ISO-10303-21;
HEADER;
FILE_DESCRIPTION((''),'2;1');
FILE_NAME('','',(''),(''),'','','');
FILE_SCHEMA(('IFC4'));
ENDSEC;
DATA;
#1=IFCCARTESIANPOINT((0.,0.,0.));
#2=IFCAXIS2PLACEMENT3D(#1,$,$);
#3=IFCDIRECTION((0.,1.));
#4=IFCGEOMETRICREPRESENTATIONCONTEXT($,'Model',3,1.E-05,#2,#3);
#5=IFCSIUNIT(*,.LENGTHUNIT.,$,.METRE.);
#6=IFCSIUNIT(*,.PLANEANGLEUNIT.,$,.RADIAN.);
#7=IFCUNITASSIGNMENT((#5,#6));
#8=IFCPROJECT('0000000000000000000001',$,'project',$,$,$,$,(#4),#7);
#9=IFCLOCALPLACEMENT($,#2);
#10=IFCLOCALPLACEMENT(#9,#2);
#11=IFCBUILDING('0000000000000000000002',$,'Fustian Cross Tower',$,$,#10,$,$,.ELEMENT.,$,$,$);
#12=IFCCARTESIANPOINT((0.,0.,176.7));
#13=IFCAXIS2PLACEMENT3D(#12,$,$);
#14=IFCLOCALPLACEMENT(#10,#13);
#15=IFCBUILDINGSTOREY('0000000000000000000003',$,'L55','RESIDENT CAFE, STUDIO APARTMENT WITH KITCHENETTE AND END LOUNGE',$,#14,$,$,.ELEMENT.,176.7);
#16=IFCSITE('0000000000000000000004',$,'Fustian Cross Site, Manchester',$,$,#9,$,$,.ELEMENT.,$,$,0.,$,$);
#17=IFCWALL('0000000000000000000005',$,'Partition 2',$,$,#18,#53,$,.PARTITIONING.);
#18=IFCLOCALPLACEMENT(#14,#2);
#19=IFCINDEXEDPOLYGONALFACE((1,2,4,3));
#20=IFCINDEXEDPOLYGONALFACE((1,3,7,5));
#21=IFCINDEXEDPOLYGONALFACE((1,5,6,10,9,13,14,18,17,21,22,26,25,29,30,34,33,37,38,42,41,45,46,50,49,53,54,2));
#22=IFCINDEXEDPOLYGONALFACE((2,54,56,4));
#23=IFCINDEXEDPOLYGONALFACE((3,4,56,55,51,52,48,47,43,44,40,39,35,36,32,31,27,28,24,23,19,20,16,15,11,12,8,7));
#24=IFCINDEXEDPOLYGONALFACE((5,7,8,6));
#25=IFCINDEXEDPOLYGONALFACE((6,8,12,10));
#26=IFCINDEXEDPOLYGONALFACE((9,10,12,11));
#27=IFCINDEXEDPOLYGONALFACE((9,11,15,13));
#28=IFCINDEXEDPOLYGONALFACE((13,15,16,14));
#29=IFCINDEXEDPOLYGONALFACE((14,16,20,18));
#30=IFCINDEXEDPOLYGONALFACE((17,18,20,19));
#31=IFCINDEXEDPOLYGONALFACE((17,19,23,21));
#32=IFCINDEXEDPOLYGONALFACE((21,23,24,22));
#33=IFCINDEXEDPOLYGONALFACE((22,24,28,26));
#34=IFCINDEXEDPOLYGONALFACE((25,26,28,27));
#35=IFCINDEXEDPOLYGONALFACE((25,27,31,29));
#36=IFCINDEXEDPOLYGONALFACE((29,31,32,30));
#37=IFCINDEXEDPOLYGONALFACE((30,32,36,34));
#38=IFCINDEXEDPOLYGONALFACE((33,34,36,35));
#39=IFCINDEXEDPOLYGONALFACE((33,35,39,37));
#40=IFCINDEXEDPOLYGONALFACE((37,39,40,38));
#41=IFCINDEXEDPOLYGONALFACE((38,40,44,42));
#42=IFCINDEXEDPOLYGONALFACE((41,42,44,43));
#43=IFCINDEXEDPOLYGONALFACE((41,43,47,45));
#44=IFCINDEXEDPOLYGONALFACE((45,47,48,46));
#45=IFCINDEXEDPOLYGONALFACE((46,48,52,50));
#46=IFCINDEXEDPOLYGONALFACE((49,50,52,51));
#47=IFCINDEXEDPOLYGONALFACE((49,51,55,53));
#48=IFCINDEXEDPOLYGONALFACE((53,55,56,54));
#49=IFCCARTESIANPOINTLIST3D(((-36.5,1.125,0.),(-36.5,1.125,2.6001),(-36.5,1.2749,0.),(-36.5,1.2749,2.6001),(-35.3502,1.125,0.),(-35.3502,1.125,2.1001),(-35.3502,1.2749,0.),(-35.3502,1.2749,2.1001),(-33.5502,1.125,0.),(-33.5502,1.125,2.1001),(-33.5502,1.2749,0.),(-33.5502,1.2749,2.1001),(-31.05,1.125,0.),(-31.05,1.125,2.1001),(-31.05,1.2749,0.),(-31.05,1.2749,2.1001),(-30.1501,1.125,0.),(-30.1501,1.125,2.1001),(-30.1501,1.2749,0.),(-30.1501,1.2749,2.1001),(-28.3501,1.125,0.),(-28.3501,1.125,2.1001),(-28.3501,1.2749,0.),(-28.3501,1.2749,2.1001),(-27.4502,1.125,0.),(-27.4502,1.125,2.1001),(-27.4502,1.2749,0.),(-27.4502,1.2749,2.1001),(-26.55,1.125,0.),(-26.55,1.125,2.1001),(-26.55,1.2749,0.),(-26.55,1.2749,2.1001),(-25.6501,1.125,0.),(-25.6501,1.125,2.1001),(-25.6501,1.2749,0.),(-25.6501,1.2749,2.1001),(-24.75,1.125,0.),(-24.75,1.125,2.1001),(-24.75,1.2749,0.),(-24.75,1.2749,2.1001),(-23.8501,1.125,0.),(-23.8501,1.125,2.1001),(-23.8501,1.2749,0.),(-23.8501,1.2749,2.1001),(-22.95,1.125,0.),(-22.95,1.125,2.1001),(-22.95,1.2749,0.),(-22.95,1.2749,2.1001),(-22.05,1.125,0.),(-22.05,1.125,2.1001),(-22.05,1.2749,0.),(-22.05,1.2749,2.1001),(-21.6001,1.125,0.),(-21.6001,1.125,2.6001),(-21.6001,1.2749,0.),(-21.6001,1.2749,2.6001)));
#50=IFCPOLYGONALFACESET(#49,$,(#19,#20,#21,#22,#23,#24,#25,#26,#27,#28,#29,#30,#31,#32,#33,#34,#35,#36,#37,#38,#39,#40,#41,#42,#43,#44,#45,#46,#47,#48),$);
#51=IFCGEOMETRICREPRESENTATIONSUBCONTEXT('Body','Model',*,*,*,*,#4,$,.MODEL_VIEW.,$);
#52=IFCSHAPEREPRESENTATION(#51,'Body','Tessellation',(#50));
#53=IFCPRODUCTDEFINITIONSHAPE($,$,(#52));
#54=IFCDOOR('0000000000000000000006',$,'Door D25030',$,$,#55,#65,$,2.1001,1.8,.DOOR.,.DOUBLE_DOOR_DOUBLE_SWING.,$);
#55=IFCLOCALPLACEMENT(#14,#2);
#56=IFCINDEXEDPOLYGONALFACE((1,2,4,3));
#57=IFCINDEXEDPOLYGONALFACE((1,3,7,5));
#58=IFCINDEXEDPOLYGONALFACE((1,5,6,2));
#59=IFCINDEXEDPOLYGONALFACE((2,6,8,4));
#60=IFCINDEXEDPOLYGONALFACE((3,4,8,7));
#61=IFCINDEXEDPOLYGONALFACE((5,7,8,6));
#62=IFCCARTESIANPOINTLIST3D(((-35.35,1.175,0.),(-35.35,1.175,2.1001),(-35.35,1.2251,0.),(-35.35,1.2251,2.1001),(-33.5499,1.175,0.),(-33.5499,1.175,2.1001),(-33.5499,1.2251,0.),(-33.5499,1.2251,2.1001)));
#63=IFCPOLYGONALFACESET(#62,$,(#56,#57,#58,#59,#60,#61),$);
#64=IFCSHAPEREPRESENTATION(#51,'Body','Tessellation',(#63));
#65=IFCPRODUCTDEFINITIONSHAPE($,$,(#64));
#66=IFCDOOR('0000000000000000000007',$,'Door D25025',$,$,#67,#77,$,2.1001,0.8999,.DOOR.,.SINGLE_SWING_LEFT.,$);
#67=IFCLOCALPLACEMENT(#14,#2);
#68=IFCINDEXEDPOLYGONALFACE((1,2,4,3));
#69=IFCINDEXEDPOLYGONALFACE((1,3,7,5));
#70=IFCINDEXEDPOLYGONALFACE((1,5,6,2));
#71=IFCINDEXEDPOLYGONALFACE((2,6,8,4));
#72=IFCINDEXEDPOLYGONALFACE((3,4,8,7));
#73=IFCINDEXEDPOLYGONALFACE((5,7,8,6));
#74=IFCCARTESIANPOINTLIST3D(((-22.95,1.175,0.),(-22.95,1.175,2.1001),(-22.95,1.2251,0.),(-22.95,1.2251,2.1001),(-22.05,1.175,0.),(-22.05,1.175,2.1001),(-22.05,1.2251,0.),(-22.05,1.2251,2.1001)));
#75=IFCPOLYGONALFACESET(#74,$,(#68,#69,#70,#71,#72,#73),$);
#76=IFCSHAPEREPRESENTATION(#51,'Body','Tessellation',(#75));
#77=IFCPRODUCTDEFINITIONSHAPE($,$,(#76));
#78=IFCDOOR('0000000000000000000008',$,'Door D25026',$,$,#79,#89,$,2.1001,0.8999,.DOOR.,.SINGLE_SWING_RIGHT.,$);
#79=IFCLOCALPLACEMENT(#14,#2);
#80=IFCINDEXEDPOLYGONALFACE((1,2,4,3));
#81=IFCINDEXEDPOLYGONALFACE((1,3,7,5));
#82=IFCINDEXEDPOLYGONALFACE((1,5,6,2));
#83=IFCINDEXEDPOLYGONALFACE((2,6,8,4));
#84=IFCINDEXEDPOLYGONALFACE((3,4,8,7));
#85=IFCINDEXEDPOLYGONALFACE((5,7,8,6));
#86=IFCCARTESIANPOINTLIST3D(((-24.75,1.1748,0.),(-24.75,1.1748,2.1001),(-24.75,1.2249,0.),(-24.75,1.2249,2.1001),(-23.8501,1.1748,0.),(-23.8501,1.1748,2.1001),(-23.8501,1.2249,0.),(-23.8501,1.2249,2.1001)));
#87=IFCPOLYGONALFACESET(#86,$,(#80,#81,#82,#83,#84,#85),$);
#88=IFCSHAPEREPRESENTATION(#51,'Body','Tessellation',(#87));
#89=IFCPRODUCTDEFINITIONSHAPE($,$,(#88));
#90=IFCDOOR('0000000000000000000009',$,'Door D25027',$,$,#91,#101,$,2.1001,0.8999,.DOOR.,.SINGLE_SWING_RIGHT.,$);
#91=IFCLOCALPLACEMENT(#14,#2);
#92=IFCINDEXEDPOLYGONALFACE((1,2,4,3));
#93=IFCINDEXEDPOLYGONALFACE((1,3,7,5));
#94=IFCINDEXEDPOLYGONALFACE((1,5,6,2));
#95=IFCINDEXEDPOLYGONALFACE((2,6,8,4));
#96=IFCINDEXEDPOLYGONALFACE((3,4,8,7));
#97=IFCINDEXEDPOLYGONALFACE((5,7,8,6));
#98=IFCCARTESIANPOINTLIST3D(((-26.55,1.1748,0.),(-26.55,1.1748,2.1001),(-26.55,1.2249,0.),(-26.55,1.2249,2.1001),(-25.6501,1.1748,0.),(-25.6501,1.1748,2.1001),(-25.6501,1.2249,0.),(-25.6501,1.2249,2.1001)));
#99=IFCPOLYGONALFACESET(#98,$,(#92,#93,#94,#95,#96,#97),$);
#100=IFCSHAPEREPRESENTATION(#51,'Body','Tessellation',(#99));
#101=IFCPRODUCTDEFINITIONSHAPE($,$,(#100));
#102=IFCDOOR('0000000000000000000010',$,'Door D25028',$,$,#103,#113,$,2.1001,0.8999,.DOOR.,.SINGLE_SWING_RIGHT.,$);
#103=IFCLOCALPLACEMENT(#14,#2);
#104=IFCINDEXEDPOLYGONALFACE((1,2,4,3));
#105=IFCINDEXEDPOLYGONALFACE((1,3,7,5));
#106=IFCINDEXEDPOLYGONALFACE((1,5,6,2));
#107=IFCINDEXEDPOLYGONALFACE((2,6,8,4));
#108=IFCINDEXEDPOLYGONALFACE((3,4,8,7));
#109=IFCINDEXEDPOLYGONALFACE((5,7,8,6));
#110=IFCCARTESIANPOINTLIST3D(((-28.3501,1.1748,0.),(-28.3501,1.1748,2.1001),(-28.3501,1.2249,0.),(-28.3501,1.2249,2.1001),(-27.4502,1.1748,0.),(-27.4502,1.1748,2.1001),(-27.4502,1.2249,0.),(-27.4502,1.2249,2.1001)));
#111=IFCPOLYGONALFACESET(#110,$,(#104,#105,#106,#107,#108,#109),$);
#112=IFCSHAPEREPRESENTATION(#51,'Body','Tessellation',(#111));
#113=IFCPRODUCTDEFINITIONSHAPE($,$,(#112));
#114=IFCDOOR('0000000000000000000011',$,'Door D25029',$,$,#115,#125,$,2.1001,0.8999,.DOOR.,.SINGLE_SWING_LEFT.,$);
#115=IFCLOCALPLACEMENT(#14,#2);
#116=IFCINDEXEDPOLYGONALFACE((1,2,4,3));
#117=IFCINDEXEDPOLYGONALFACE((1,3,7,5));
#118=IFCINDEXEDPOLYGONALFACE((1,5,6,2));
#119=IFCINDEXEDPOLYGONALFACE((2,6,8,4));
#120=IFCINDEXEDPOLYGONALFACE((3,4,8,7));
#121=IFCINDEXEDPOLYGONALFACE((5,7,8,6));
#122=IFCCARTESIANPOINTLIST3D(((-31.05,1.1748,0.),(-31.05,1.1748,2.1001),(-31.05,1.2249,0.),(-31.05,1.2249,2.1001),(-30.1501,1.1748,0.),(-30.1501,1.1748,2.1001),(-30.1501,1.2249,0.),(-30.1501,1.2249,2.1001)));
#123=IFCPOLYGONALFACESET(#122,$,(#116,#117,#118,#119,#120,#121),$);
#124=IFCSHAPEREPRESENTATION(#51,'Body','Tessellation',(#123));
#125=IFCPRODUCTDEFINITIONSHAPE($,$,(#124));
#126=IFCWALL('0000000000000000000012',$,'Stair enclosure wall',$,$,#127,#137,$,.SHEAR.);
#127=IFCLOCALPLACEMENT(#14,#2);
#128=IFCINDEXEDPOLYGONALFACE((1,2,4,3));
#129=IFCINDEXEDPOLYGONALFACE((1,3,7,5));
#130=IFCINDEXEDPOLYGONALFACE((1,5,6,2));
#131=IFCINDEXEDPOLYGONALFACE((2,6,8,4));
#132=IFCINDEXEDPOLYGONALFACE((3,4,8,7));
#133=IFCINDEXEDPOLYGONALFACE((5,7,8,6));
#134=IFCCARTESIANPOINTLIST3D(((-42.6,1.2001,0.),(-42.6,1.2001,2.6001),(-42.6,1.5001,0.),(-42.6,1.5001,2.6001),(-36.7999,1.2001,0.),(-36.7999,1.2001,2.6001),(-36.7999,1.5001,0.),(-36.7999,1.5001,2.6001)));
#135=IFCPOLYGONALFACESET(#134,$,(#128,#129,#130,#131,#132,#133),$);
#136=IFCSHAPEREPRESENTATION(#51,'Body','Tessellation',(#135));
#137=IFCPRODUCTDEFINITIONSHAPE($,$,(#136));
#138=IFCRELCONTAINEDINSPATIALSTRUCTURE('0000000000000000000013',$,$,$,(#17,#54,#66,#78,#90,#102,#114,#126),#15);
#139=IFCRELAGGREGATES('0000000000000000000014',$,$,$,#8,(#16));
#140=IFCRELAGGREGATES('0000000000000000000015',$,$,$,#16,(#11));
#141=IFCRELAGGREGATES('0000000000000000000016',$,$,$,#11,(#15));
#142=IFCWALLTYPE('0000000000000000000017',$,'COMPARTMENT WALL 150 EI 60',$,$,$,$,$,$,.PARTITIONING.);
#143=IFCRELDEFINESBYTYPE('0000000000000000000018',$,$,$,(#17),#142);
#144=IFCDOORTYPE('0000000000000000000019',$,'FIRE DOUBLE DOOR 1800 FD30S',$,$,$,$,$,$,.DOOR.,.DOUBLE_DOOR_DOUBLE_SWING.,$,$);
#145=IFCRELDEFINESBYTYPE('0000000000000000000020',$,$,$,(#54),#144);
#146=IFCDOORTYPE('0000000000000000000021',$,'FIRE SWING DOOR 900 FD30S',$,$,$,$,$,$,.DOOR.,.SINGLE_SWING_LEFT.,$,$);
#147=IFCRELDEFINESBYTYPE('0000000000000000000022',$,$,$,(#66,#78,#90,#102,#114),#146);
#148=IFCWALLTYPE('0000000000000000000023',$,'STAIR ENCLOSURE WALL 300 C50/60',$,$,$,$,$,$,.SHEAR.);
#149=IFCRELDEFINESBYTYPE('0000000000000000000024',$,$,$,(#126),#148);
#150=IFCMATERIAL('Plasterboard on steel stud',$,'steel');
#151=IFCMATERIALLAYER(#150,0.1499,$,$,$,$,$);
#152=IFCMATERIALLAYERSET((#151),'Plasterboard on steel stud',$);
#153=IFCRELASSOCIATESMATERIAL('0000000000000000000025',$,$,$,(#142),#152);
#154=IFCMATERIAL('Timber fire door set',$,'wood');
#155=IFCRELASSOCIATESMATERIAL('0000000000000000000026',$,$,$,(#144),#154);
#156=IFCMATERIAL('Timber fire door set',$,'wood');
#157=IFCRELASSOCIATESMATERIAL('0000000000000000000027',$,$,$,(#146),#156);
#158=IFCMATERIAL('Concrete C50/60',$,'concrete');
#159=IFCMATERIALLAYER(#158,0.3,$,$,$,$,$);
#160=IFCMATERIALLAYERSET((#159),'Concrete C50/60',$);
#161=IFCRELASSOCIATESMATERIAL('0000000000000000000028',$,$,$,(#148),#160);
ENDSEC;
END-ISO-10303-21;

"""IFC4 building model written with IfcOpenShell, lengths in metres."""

from ifc_helpers import new_model, si_unit, direction, frame, frame_2d, origin, place, context, subcontext, project, spatial, rectangle, extrude, material, layer, layer_set, type_object, element, fill, save


model = new_model("IFC4")

# Units and contexts
model_context = context("Model", 3, precision=1e-05, world=origin(), true_north=direction((0.0, 1.0)))
body_context = subcontext(model_context, "Body", "Model", "MODEL_VIEW")
ifc_project = project(units=[si_unit("LENGTHUNIT", "METRE"), si_unit("PLANEANGLEUNIT", "RADIAN")], contexts=[model_context])

# Site, building, storey
site_placement = place(None, origin())
site = spatial("IfcSite", under=ifc_project, at=site_placement, Name="Fustian Cross Site, Manchester", CompositionType="ELEMENT", RefElevation=0.0)
building_placement = place(site_placement, origin())
building = spatial("IfcBuilding", under=site, at=building_placement, Name="Fustian Cross Tower", CompositionType="ELEMENT")
storey_placement = place(building_placement, frame((0.0, 0.0, 176.7)))
storey = spatial("IfcBuildingStorey", under=building, at=storey_placement, Name="L55", Description="RESIDENT CAFE, STUDIO APARTMENT WITH KITCHENETTE AND END LOUNGE", CompositionType="ELEMENT", Elevation=176.7)

# Wall, openings, doors
ifc_material_1 = material(Name="Plasterboard on steel stud", Category="steel")
ifc_layer_1 = layer(ifc_material_1, 0.1499)
ifc_layer_set_1 = layer_set([ifc_layer_1], Name="Plasterboard on steel stud")
wall_type_1 = type_object("IfcWallType", Name="COMPARTMENT WALL 150 EI 60", PredefinedType="PARTITIONING", material=ifc_layer_set_1)
ifc_material_2 = material(Name="Timber fire door set", Category="wood")
door_type_1 = type_object("IfcDoorType", Name="FIRE DOUBLE DOOR 1800 FD30S", OperationType="DOUBLE_DOOR_DOUBLE_SWING", PredefinedType="DOOR", material=ifc_material_2)
wall_1_placement = place(storey_placement, frame((-36.5, 1.2, 0.0), z_axis=(0.0, 0.0, 1.0), x_axis=(1.0, 0.0, 0.0)))
wall_1 = element("IfcWall", 1, at=wall_1_placement, inside=storey, type_object=wall_type_1, Name="Partition 2", PredefinedType="PARTITIONING", context=body_context, shape_type="SweptSolid", body=[
    extrude(rectangle(XDim=14.8999, YDim=0.1499, at=frame_2d((7.45, 0.0))), origin(), (0.0, 0.0, 1.0), 2.6001),
])
opening_1_placement = place(wall_1_placement, frame((13.55, 0.0, 0.0)))
opening_1 = element("IfcOpeningElement", 2, at=opening_1_placement, cuts=wall_1, PredefinedType="OPENING", context=body_context, shape_type="SweptSolid", body=[
    extrude(rectangle(XDim=0.8999, YDim=2.1001, at=frame_2d((0.45, 1.05))), frame((0.0, 0.085, 0.0), z_axis=(0.0, -1.0, 0.0), x_axis=(1.0, 0.0, 0.0)), (0.0, 0.0, 1.0), 0.1699),
])
opening_2_placement = place(wall_1_placement, frame((11.75, 0.0, 0.0)))
opening_2 = element("IfcOpeningElement", 3, at=opening_2_placement, cuts=wall_1, PredefinedType="OPENING", context=body_context, shape_type="SweptSolid", body=[
    extrude(rectangle(XDim=0.8999, YDim=2.1001, at=frame_2d((0.45, 1.05))), frame((0.0, 0.085, 0.0), z_axis=(0.0, -1.0, 0.0), x_axis=(1.0, 0.0, 0.0)), (0.0, 0.0, 1.0), 0.1699),
])
opening_3_placement = place(wall_1_placement, frame((9.95, 0.0, 0.0)))
opening_3 = element("IfcOpeningElement", 4, at=opening_3_placement, cuts=wall_1, PredefinedType="OPENING", context=body_context, shape_type="SweptSolid", body=[
    extrude(rectangle(XDim=0.8999, YDim=2.1001, at=frame_2d((0.45, 1.05))), frame((0.0, 0.085, 0.0), z_axis=(0.0, -1.0, 0.0), x_axis=(1.0, 0.0, 0.0)), (0.0, 0.0, 1.0), 0.1699),
])
opening_4_placement = place(wall_1_placement, frame((8.1499, 0.0, 0.0)))
opening_4 = element("IfcOpeningElement", 5, at=opening_4_placement, cuts=wall_1, PredefinedType="OPENING", context=body_context, shape_type="SweptSolid", body=[
    extrude(rectangle(XDim=0.8999, YDim=2.1001, at=frame_2d((0.45, 1.05))), frame((0.0, 0.085, 0.0), z_axis=(0.0, -1.0, 0.0), x_axis=(1.0, 0.0, 0.0)), (0.0, 0.0, 1.0), 0.1699),
])
opening_5_placement = place(wall_1_placement, frame((5.45, 0.0, 0.0)))
opening_5 = element("IfcOpeningElement", 6, at=opening_5_placement, cuts=wall_1, PredefinedType="OPENING", context=body_context, shape_type="SweptSolid", body=[
    extrude(rectangle(XDim=0.8999, YDim=2.1001, at=frame_2d((0.45, 1.05))), frame((0.0, 0.085, 0.0), z_axis=(0.0, -1.0, 0.0), x_axis=(1.0, 0.0, 0.0)), (0.0, 0.0, 1.0), 0.1699),
])
opening_6_placement = place(wall_1_placement, frame((1.1499, 0.0, 0.0)))
opening_6 = element("IfcOpeningElement", 7, at=opening_6_placement, cuts=wall_1, PredefinedType="OPENING", context=body_context, shape_type="SweptSolid", body=[
    extrude(rectangle(XDim=1.8, YDim=2.1001, at=frame_2d((0.8999, 1.05))), frame((0.0, 0.085, 0.0), z_axis=(0.0, -1.0, 0.0), x_axis=(1.0, 0.0, 0.0)), (0.0, 0.0, 1.0), 0.1699),
])
door_1_placement = place(opening_6_placement, frame((1.8, 0.0, 0.0), z_axis=(0.0, 0.0, 1.0), x_axis=(-1.0, 0.0, 0.0)))
door_1 = element("IfcDoor", 8, at=door_1_placement, inside=storey, type_object=door_type_1, Name="Door D25030", OperationType="DOUBLE_DOOR_DOUBLE_SWING", OverallHeight=2.1001, OverallWidth=1.8, PredefinedType="DOOR", context=body_context, shape_type="SweptSolid", body=[
    extrude(rectangle(XDim=1.8, YDim=2.1001, at=frame_2d((0.8999, 1.05))), frame((0.0, 0.0249, 0.0), z_axis=(0.0, -1.0, 0.0), x_axis=(1.0, 0.0, 0.0)), (0.0, 0.0, 1.0), 0.05),
])
fill(opening_6, door_1)
ifc_material_3 = material(Name="Timber fire door set", Category="wood")
door_type_2 = type_object("IfcDoorType", Name="FIRE SWING DOOR 900 FD30S", OperationType="SINGLE_SWING_LEFT", PredefinedType="DOOR", material=ifc_material_3)
door_2_placement = place(opening_1_placement, frame((0.8999, 0.0, 0.0), z_axis=(0.0, 0.0, 1.0), x_axis=(-1.0, 0.0, 0.0)))
door_2 = element("IfcDoor", 9, at=door_2_placement, inside=storey, type_object=door_type_2, Name="Door D25025", OperationType="SINGLE_SWING_LEFT", OverallHeight=2.1001, OverallWidth=0.8999, PredefinedType="DOOR", context=body_context, shape_type="SweptSolid", body=[
    extrude(rectangle(XDim=0.8999, YDim=2.1001, at=frame_2d((0.45, 1.05))), frame((0.0, 0.0249, 0.0), z_axis=(0.0, -1.0, 0.0), x_axis=(1.0, 0.0, 0.0)), (0.0, 0.0, 1.0), 0.05),
])
fill(opening_1, door_2)
door_3_placement = place(opening_2_placement, origin())
door_3 = element("IfcDoor", 10, at=door_3_placement, inside=storey, type_object=door_type_2, Name="Door D25026", OperationType="SINGLE_SWING_RIGHT", OverallHeight=2.1001, OverallWidth=0.8999, PredefinedType="DOOR", context=body_context, shape_type="SweptSolid", body=[
    extrude(rectangle(XDim=0.8999, YDim=2.1001, at=frame_2d((0.45, 1.05))), frame((0.0, 0.0249, 0.0), z_axis=(0.0, -1.0, 0.0), x_axis=(1.0, 0.0, 0.0)), (0.0, 0.0, 1.0), 0.05),
])
fill(opening_2, door_3)
door_4_placement = place(opening_3_placement, origin())
door_4 = element("IfcDoor", 11, at=door_4_placement, inside=storey, type_object=door_type_2, Name="Door D25027", OperationType="SINGLE_SWING_RIGHT", OverallHeight=2.1001, OverallWidth=0.8999, PredefinedType="DOOR", context=body_context, shape_type="SweptSolid", body=[
    extrude(rectangle(XDim=0.8999, YDim=2.1001, at=frame_2d((0.45, 1.05))), frame((0.0, 0.0249, 0.0), z_axis=(0.0, -1.0, 0.0), x_axis=(1.0, 0.0, 0.0)), (0.0, 0.0, 1.0), 0.05),
])
fill(opening_3, door_4)
door_5_placement = place(opening_4_placement, origin())
door_5 = element("IfcDoor", 12, at=door_5_placement, inside=storey, type_object=door_type_2, Name="Door D25028", OperationType="SINGLE_SWING_RIGHT", OverallHeight=2.1001, OverallWidth=0.8999, PredefinedType="DOOR", context=body_context, shape_type="SweptSolid", body=[
    extrude(rectangle(XDim=0.8999, YDim=2.1001, at=frame_2d((0.45, 1.05))), frame((0.0, 0.0249, 0.0), z_axis=(0.0, -1.0, 0.0), x_axis=(1.0, 0.0, 0.0)), (0.0, 0.0, 1.0), 0.05),
])
fill(opening_4, door_5)
door_6_placement = place(opening_5_placement, origin())
door_6 = element("IfcDoor", 13, at=door_6_placement, inside=storey, type_object=door_type_2, Name="Door D25029", OperationType="SINGLE_SWING_LEFT", OverallHeight=2.1001, OverallWidth=0.8999, PredefinedType="DOOR", context=body_context, shape_type="SweptSolid", body=[
    extrude(rectangle(XDim=0.8999, YDim=2.1001, at=frame_2d((0.45, 1.05))), frame((0.0, 0.0249, 0.0), z_axis=(0.0, -1.0, 0.0), x_axis=(1.0, 0.0, 0.0)), (0.0, 0.0, 1.0), 0.05),
])
fill(opening_5, door_6)

# Wall
ifc_material_4 = material(Name="Concrete C50/60", Category="concrete")
ifc_layer_2 = layer(ifc_material_4, 0.3)
ifc_layer_set_2 = layer_set([ifc_layer_2], Name="Concrete C50/60")
wall_type_2 = type_object("IfcWallType", Name="STAIR ENCLOSURE WALL 300 C50/60", PredefinedType="SHEAR", material=ifc_layer_set_2)
wall_2_placement = place(storey_placement, frame((-36.8, 1.3501, 0.0), z_axis=(0.0, 0.0, 1.0), x_axis=(-1.0, 0.0, 0.0)))
element("IfcWall", 14, at=wall_2_placement, inside=storey, type_object=wall_type_2, Name="Stair enclosure wall", PredefinedType="SHEAR", context=body_context, shape_type="SweptSolid", body=[
    extrude(rectangle(XDim=5.8, YDim=0.3, at=frame_2d((2.8999, 0.0))), origin(), (0.0, 0.0, 1.0), 2.6001),
])

save(model, "model.ifc")
